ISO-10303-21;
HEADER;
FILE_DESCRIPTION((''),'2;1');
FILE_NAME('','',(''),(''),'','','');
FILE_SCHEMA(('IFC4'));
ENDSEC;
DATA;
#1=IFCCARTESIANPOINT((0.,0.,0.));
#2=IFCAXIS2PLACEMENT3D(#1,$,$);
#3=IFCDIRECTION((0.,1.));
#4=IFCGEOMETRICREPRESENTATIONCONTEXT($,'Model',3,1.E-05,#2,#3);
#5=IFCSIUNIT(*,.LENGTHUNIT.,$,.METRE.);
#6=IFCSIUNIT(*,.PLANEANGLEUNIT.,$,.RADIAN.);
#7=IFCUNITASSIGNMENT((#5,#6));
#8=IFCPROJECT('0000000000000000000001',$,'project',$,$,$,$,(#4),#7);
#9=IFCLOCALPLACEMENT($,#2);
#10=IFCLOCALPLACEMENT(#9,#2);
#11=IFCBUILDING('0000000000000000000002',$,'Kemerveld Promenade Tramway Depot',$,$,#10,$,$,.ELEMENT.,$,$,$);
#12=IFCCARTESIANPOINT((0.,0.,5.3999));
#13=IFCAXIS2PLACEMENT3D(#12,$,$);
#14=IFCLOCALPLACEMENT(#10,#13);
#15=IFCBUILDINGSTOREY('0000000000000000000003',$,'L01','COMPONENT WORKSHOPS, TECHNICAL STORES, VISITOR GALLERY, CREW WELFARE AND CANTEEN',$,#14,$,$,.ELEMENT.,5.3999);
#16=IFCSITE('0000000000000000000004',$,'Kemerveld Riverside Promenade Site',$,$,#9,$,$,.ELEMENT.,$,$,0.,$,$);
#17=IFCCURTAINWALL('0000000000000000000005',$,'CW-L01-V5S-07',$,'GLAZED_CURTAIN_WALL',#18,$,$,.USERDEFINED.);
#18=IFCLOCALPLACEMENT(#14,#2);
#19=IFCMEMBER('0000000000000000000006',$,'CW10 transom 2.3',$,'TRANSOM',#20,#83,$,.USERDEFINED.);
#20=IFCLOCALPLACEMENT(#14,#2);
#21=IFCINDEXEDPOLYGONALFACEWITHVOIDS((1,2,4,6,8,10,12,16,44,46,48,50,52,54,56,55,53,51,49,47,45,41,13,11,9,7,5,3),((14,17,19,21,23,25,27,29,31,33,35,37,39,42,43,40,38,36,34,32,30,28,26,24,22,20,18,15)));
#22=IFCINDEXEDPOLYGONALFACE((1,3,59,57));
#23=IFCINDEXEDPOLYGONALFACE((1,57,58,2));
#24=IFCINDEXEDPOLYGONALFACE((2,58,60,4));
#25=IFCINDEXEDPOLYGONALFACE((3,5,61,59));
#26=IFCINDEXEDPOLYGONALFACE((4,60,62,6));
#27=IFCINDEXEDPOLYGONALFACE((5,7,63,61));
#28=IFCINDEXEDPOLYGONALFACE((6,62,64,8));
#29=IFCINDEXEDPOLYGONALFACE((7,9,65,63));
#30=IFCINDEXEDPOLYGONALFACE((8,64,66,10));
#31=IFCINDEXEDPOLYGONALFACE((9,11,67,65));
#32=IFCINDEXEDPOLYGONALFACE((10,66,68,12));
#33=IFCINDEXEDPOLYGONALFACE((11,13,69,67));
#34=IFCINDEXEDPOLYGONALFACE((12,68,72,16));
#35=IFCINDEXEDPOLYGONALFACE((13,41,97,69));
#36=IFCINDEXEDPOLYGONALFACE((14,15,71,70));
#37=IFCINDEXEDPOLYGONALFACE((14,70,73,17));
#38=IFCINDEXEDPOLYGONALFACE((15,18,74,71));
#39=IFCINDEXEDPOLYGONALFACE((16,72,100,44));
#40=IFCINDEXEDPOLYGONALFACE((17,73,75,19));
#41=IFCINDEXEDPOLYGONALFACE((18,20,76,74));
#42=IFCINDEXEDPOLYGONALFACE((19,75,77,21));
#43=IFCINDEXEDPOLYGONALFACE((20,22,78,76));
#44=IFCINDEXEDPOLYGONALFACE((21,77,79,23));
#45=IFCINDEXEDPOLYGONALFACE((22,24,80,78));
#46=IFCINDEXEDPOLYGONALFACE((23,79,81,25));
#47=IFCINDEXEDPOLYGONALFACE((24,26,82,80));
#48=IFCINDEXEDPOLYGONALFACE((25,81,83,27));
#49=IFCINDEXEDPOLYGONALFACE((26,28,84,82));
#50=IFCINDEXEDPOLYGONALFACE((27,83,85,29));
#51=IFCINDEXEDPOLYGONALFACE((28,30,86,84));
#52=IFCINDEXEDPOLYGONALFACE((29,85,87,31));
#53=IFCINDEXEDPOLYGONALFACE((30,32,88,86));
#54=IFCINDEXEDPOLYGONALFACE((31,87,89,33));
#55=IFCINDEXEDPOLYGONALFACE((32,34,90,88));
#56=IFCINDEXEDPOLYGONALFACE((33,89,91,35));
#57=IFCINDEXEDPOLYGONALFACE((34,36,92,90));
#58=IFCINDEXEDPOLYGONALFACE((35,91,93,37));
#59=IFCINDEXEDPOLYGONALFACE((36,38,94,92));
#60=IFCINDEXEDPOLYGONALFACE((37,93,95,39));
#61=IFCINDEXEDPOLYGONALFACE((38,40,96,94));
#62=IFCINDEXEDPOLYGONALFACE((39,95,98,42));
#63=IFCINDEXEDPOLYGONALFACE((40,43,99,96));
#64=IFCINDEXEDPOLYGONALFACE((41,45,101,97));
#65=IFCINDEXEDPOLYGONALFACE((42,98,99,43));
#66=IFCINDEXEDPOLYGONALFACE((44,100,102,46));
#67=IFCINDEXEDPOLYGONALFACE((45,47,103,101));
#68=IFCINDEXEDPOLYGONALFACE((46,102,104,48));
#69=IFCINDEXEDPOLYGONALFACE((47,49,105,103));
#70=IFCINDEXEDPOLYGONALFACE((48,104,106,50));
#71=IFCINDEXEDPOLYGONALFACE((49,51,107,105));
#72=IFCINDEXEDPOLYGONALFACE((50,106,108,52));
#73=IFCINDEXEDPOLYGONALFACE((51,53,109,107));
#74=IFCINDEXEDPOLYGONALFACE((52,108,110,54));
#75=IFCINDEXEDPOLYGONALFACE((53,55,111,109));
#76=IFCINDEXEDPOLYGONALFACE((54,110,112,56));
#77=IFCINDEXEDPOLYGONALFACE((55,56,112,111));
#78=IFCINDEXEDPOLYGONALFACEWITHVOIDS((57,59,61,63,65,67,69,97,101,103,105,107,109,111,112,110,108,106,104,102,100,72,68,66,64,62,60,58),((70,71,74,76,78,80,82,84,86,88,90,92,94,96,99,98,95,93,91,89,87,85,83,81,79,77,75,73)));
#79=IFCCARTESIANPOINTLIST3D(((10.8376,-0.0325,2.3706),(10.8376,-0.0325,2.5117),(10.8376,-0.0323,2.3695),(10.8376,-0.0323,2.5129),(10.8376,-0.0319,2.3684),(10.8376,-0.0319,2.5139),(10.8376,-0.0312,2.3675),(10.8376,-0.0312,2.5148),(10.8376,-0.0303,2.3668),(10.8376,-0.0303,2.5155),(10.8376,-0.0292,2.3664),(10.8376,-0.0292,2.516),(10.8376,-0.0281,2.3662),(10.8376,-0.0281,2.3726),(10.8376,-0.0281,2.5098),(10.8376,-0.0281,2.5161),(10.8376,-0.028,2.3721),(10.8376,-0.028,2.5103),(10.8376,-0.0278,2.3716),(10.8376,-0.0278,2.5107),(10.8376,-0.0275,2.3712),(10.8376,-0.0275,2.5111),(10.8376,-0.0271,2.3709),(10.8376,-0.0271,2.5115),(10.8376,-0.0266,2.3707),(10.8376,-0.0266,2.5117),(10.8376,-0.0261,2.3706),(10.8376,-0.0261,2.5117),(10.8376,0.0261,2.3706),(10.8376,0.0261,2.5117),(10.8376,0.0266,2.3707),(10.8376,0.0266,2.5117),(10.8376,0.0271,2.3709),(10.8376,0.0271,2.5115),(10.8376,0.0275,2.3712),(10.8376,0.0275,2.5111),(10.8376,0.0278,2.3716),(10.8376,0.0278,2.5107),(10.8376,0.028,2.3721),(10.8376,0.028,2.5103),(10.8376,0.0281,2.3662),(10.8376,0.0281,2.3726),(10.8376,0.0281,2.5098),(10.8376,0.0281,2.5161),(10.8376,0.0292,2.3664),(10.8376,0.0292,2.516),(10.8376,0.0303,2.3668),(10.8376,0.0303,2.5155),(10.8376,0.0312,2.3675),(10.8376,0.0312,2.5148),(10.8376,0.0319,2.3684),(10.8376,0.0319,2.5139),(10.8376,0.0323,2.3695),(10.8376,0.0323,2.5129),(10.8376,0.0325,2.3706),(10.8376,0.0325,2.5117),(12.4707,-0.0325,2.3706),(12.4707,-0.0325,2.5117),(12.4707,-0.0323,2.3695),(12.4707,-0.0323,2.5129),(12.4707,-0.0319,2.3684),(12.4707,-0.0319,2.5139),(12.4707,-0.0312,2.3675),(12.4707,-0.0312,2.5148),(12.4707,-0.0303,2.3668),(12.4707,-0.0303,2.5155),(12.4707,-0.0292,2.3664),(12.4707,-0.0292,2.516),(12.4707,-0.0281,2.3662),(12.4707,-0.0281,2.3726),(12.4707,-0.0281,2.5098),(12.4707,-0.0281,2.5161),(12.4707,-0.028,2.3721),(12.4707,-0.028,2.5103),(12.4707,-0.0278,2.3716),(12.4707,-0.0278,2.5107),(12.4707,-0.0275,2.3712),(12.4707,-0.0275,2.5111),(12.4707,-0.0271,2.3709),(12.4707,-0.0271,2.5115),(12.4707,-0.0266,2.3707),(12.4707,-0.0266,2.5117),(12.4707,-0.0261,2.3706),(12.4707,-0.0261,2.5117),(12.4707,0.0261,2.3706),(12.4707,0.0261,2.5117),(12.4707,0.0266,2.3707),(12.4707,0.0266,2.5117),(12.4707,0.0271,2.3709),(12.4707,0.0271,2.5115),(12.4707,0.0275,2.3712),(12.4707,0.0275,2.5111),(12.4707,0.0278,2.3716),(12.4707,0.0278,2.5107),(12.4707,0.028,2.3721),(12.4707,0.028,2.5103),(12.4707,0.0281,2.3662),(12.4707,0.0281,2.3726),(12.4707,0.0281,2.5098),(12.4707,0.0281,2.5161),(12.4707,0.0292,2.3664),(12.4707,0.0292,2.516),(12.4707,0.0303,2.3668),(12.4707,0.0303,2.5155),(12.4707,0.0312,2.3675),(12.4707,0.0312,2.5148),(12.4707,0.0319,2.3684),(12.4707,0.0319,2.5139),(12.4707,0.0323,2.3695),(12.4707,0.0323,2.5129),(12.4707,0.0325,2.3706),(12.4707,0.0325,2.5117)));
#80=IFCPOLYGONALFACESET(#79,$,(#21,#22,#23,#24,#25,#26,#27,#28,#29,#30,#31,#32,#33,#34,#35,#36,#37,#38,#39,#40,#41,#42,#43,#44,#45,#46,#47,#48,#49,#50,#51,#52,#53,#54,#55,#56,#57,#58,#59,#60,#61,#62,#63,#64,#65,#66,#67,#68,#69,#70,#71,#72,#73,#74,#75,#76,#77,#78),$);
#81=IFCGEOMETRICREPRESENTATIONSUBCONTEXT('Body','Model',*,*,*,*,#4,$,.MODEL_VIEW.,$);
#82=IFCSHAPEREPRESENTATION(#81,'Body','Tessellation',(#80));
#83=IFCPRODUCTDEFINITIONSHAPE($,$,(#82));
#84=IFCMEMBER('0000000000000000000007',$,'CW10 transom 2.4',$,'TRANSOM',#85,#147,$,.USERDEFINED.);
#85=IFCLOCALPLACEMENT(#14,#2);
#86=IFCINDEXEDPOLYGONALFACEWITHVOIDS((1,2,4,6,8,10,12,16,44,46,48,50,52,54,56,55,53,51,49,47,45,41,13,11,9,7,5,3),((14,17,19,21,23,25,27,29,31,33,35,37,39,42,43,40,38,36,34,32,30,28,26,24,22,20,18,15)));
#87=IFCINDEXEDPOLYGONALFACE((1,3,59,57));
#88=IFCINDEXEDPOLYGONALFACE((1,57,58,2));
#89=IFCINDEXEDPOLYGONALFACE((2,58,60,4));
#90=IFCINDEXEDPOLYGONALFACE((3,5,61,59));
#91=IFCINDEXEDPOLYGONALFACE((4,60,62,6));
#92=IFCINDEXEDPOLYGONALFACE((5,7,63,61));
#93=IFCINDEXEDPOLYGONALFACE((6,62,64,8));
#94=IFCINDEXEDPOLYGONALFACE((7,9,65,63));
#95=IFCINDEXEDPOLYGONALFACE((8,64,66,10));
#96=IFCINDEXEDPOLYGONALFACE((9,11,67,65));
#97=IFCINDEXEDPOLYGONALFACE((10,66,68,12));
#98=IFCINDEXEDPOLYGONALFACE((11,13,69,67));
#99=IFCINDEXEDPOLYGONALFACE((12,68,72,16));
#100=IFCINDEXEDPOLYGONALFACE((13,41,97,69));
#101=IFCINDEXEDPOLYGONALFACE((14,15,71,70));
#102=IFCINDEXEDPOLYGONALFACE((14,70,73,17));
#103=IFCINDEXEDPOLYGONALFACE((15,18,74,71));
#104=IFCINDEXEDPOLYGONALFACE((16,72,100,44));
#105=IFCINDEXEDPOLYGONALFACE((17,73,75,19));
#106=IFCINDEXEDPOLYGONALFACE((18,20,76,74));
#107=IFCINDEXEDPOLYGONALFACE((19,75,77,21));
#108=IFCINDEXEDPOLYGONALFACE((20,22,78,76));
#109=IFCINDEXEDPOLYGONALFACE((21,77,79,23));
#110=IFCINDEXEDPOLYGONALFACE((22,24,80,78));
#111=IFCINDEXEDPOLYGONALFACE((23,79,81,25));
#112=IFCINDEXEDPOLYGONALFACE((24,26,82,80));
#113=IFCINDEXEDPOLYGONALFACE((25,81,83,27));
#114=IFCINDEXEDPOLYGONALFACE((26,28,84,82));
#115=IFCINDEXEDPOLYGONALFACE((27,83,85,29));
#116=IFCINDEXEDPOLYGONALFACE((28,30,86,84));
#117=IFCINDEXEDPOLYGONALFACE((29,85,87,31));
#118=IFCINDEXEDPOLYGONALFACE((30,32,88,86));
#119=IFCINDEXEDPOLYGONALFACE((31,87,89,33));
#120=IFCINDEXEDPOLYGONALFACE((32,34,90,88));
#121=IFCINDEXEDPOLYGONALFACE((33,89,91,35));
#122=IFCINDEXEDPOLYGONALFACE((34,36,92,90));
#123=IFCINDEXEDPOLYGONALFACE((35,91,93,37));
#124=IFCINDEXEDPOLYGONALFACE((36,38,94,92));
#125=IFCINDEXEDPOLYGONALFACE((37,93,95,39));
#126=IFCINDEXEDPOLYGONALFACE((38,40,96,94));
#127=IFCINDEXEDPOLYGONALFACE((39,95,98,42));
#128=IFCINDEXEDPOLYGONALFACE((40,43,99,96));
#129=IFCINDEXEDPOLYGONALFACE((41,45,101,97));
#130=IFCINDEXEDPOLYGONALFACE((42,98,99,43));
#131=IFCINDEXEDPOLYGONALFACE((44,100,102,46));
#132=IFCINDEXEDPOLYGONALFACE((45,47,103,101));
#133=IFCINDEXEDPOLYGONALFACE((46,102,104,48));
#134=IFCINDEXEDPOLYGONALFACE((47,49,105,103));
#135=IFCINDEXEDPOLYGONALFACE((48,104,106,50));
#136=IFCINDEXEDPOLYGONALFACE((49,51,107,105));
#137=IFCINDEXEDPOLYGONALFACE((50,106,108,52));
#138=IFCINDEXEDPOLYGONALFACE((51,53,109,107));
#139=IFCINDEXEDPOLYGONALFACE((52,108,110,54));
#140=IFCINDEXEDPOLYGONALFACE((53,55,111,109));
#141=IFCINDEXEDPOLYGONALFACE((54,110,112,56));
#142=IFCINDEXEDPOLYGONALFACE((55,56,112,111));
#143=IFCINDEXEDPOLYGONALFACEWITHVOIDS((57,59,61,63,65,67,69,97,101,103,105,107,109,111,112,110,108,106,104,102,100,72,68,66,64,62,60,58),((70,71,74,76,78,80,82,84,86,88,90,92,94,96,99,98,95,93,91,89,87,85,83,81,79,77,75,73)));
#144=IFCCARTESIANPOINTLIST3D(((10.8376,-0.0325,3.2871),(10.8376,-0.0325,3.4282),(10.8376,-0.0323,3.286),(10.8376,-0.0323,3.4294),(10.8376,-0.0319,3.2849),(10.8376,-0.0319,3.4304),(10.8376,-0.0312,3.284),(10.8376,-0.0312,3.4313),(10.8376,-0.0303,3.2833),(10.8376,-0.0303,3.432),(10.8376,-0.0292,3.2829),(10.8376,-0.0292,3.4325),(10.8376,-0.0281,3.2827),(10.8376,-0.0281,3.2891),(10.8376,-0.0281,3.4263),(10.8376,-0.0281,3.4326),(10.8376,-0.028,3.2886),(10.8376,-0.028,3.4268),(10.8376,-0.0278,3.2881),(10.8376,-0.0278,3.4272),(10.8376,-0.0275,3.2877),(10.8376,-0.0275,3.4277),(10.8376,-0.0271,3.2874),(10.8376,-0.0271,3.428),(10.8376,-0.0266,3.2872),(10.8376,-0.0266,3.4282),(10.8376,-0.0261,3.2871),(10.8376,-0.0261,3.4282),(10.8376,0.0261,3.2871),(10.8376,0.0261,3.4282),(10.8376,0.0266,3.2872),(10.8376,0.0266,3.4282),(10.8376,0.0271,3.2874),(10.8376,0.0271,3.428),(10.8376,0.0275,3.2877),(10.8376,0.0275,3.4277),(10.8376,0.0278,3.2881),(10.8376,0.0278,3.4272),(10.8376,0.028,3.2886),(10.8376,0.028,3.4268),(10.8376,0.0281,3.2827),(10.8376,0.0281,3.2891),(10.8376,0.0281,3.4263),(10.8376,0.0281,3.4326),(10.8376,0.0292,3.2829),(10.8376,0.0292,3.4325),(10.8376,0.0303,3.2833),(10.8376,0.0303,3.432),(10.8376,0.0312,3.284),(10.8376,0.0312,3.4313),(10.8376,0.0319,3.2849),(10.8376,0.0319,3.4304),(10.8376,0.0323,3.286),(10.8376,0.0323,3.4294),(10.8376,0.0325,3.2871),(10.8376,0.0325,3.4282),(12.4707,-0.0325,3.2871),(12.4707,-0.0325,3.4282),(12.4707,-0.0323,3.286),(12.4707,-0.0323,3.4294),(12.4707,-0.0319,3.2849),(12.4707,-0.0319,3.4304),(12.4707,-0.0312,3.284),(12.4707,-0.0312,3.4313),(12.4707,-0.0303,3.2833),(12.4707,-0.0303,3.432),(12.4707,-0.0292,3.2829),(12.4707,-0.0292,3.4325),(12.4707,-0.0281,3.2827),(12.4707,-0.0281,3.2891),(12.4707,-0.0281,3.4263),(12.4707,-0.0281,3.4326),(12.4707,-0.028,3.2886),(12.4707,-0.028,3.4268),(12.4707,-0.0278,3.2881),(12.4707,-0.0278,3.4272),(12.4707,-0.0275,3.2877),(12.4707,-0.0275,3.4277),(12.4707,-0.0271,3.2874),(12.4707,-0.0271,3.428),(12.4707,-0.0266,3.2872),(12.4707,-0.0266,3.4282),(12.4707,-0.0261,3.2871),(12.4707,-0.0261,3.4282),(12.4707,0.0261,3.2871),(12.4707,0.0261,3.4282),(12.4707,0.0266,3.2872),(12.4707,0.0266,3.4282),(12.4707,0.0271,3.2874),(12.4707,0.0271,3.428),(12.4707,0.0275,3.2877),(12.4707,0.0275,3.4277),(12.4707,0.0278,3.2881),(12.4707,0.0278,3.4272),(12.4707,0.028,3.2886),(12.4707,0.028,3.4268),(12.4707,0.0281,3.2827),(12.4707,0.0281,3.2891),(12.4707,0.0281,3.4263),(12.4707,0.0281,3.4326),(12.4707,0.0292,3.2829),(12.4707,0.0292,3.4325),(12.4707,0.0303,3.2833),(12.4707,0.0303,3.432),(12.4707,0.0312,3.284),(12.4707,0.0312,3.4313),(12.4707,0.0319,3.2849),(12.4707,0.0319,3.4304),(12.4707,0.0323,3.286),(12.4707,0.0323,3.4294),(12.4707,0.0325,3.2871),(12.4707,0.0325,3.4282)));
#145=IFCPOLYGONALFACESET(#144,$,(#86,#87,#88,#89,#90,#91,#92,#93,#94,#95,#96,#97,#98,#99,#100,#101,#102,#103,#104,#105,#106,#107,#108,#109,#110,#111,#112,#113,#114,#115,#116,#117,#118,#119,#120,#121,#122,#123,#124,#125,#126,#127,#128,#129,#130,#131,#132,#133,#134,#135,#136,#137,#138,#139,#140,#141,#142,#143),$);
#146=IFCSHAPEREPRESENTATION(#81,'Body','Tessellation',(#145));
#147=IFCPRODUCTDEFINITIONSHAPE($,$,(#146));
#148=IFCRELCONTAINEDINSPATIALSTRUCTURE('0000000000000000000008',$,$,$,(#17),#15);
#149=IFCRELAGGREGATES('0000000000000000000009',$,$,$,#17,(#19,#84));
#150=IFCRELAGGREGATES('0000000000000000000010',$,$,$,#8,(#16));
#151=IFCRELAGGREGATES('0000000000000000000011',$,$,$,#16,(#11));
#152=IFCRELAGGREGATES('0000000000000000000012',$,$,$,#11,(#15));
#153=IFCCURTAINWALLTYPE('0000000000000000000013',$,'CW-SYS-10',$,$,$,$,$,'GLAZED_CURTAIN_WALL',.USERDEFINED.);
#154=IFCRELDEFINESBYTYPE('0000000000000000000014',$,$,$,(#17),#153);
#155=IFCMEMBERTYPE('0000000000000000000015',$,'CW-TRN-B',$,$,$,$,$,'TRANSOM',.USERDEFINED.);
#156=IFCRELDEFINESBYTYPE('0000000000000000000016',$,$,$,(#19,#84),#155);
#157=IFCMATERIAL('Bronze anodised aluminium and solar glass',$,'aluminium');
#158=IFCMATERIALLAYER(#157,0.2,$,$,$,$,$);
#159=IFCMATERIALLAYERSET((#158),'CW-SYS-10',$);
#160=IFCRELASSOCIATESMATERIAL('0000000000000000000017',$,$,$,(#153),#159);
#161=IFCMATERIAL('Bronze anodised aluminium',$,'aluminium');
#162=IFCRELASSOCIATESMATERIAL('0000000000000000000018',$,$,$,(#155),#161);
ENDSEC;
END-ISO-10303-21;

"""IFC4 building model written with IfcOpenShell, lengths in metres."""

from ifc_helpers import new_model, si_unit, direction, frame, origin, origin_2d, place, context, subcontext, project, spatial, hollow_rectangle, extrude, material, layer, layer_set, material_profile, profile_set, type_object, element, aggregate, save


model = new_model("IFC4")

# Units and contexts
model_context = context("Model", 3, precision=1e-05, world=origin(), true_north=direction((0.0, 1.0)))
body_context = subcontext(model_context, "Body", "Model", "MODEL_VIEW")
ifc_project = project(units=[si_unit("LENGTHUNIT", "METRE"), si_unit("PLANEANGLEUNIT", "RADIAN")], contexts=[model_context])

# Site, building, storey
site_placement = place(None, origin())
site = spatial("IfcSite", under=ifc_project, at=site_placement, Name="Kemerveld Riverside Promenade Site", CompositionType="ELEMENT", RefElevation=0.0)
building_placement = place(site_placement, origin())
building = spatial("IfcBuilding", under=site, at=building_placement, Name="Kemerveld Promenade Tramway Depot", CompositionType="ELEMENT")
storey_placement = place(building_placement, frame((0.0, 0.0, 5.3999)))
storey = spatial("IfcBuildingStorey", under=building, at=storey_placement, Name="L01", Description="COMPONENT WORKSHOPS, TECHNICAL STORES, VISITOR GALLERY, CREW WELFARE AND CANTEEN", CompositionType="ELEMENT", Elevation=5.3999)

# Curtain wall, members
ifc_material_1 = material(Name="Bronze anodised aluminium and solar glass", Category="aluminium")
ifc_layer_1 = layer(ifc_material_1, 0.2)
ifc_layer_set_1 = layer_set([ifc_layer_1], Name="CW-SYS-10")
curtain_wall_type = type_object("IfcCurtainWallType", Name="CW-SYS-10", ElementType="GLAZED_CURTAIN_WALL", PredefinedType="USERDEFINED", material=ifc_layer_set_1)
curtain_wall_placement = place(storey_placement, origin())
curtain_wall = element("IfcCurtainWall", 1, at=curtain_wall_placement, inside=storey, type_object=curtain_wall_type, Name="CW-L01-V5S-07", ObjectType="GLAZED_CURTAIN_WALL", PredefinedType="USERDEFINED")
ifc_material_2 = material(Name="Bronze anodised aluminium", Category="aluminium")
ifc_material_profile_1 = material_profile(ifc_material_2, hollow_rectangle(XDim=0.0649, YDim=0.1499, WallThickness=0.0044, InnerFilletRadius=0.002, OuterFilletRadius=0.0044, at=origin_2d()), Name="CW-TRN-150x65")
ifc_profile_set_1 = profile_set([ifc_material_profile_1], Name="Bronze anodised aluminium")
member_type_1 = type_object("IfcMemberType", Name="CW-TRN-B", ElementType="TRANSOM", PredefinedType="USERDEFINED", material=ifc_profile_set_1)
member_1_placement = place(storey_placement, frame((12.4707, 0.0, 2.4412), z_axis=(-1.0, 0.0, 0.0), x_axis=(0.0, -1.0, 0.0)))
member_1 = element("IfcMember", 2, at=member_1_placement, type_object=member_type_1, Name="CW10 transom 2.3", ObjectType="TRANSOM", PredefinedType="USERDEFINED", context=body_context, shape_type="SweptSolid", body=[
    extrude(hollow_rectangle(XDim=0.0649, YDim=0.1499, WallThickness=0.0044, InnerFilletRadius=0.002, OuterFilletRadius=0.0044, at=origin_2d()), origin(), (0.0, 0.0, 1.0), 1.6331),
])
member_2_placement = place(storey_placement, frame((12.4707, 0.0, 3.3577), z_axis=(-1.0, 0.0, 0.0), x_axis=(0.0, -1.0, 0.0)))
member_2 = element("IfcMember", 3, at=member_2_placement, type_object=member_type_1, Name="CW10 transom 2.4", ObjectType="TRANSOM", PredefinedType="USERDEFINED", context=body_context, shape_type="SweptSolid", body=[
    extrude(hollow_rectangle(XDim=0.0649, YDim=0.1499, WallThickness=0.0044, InnerFilletRadius=0.002, OuterFilletRadius=0.0044, at=origin_2d()), origin(), (0.0, 0.0, 1.0), 1.6331),
])
aggregate(curtain_wall, [member_1, member_2])

save(model, "model.ifc")
